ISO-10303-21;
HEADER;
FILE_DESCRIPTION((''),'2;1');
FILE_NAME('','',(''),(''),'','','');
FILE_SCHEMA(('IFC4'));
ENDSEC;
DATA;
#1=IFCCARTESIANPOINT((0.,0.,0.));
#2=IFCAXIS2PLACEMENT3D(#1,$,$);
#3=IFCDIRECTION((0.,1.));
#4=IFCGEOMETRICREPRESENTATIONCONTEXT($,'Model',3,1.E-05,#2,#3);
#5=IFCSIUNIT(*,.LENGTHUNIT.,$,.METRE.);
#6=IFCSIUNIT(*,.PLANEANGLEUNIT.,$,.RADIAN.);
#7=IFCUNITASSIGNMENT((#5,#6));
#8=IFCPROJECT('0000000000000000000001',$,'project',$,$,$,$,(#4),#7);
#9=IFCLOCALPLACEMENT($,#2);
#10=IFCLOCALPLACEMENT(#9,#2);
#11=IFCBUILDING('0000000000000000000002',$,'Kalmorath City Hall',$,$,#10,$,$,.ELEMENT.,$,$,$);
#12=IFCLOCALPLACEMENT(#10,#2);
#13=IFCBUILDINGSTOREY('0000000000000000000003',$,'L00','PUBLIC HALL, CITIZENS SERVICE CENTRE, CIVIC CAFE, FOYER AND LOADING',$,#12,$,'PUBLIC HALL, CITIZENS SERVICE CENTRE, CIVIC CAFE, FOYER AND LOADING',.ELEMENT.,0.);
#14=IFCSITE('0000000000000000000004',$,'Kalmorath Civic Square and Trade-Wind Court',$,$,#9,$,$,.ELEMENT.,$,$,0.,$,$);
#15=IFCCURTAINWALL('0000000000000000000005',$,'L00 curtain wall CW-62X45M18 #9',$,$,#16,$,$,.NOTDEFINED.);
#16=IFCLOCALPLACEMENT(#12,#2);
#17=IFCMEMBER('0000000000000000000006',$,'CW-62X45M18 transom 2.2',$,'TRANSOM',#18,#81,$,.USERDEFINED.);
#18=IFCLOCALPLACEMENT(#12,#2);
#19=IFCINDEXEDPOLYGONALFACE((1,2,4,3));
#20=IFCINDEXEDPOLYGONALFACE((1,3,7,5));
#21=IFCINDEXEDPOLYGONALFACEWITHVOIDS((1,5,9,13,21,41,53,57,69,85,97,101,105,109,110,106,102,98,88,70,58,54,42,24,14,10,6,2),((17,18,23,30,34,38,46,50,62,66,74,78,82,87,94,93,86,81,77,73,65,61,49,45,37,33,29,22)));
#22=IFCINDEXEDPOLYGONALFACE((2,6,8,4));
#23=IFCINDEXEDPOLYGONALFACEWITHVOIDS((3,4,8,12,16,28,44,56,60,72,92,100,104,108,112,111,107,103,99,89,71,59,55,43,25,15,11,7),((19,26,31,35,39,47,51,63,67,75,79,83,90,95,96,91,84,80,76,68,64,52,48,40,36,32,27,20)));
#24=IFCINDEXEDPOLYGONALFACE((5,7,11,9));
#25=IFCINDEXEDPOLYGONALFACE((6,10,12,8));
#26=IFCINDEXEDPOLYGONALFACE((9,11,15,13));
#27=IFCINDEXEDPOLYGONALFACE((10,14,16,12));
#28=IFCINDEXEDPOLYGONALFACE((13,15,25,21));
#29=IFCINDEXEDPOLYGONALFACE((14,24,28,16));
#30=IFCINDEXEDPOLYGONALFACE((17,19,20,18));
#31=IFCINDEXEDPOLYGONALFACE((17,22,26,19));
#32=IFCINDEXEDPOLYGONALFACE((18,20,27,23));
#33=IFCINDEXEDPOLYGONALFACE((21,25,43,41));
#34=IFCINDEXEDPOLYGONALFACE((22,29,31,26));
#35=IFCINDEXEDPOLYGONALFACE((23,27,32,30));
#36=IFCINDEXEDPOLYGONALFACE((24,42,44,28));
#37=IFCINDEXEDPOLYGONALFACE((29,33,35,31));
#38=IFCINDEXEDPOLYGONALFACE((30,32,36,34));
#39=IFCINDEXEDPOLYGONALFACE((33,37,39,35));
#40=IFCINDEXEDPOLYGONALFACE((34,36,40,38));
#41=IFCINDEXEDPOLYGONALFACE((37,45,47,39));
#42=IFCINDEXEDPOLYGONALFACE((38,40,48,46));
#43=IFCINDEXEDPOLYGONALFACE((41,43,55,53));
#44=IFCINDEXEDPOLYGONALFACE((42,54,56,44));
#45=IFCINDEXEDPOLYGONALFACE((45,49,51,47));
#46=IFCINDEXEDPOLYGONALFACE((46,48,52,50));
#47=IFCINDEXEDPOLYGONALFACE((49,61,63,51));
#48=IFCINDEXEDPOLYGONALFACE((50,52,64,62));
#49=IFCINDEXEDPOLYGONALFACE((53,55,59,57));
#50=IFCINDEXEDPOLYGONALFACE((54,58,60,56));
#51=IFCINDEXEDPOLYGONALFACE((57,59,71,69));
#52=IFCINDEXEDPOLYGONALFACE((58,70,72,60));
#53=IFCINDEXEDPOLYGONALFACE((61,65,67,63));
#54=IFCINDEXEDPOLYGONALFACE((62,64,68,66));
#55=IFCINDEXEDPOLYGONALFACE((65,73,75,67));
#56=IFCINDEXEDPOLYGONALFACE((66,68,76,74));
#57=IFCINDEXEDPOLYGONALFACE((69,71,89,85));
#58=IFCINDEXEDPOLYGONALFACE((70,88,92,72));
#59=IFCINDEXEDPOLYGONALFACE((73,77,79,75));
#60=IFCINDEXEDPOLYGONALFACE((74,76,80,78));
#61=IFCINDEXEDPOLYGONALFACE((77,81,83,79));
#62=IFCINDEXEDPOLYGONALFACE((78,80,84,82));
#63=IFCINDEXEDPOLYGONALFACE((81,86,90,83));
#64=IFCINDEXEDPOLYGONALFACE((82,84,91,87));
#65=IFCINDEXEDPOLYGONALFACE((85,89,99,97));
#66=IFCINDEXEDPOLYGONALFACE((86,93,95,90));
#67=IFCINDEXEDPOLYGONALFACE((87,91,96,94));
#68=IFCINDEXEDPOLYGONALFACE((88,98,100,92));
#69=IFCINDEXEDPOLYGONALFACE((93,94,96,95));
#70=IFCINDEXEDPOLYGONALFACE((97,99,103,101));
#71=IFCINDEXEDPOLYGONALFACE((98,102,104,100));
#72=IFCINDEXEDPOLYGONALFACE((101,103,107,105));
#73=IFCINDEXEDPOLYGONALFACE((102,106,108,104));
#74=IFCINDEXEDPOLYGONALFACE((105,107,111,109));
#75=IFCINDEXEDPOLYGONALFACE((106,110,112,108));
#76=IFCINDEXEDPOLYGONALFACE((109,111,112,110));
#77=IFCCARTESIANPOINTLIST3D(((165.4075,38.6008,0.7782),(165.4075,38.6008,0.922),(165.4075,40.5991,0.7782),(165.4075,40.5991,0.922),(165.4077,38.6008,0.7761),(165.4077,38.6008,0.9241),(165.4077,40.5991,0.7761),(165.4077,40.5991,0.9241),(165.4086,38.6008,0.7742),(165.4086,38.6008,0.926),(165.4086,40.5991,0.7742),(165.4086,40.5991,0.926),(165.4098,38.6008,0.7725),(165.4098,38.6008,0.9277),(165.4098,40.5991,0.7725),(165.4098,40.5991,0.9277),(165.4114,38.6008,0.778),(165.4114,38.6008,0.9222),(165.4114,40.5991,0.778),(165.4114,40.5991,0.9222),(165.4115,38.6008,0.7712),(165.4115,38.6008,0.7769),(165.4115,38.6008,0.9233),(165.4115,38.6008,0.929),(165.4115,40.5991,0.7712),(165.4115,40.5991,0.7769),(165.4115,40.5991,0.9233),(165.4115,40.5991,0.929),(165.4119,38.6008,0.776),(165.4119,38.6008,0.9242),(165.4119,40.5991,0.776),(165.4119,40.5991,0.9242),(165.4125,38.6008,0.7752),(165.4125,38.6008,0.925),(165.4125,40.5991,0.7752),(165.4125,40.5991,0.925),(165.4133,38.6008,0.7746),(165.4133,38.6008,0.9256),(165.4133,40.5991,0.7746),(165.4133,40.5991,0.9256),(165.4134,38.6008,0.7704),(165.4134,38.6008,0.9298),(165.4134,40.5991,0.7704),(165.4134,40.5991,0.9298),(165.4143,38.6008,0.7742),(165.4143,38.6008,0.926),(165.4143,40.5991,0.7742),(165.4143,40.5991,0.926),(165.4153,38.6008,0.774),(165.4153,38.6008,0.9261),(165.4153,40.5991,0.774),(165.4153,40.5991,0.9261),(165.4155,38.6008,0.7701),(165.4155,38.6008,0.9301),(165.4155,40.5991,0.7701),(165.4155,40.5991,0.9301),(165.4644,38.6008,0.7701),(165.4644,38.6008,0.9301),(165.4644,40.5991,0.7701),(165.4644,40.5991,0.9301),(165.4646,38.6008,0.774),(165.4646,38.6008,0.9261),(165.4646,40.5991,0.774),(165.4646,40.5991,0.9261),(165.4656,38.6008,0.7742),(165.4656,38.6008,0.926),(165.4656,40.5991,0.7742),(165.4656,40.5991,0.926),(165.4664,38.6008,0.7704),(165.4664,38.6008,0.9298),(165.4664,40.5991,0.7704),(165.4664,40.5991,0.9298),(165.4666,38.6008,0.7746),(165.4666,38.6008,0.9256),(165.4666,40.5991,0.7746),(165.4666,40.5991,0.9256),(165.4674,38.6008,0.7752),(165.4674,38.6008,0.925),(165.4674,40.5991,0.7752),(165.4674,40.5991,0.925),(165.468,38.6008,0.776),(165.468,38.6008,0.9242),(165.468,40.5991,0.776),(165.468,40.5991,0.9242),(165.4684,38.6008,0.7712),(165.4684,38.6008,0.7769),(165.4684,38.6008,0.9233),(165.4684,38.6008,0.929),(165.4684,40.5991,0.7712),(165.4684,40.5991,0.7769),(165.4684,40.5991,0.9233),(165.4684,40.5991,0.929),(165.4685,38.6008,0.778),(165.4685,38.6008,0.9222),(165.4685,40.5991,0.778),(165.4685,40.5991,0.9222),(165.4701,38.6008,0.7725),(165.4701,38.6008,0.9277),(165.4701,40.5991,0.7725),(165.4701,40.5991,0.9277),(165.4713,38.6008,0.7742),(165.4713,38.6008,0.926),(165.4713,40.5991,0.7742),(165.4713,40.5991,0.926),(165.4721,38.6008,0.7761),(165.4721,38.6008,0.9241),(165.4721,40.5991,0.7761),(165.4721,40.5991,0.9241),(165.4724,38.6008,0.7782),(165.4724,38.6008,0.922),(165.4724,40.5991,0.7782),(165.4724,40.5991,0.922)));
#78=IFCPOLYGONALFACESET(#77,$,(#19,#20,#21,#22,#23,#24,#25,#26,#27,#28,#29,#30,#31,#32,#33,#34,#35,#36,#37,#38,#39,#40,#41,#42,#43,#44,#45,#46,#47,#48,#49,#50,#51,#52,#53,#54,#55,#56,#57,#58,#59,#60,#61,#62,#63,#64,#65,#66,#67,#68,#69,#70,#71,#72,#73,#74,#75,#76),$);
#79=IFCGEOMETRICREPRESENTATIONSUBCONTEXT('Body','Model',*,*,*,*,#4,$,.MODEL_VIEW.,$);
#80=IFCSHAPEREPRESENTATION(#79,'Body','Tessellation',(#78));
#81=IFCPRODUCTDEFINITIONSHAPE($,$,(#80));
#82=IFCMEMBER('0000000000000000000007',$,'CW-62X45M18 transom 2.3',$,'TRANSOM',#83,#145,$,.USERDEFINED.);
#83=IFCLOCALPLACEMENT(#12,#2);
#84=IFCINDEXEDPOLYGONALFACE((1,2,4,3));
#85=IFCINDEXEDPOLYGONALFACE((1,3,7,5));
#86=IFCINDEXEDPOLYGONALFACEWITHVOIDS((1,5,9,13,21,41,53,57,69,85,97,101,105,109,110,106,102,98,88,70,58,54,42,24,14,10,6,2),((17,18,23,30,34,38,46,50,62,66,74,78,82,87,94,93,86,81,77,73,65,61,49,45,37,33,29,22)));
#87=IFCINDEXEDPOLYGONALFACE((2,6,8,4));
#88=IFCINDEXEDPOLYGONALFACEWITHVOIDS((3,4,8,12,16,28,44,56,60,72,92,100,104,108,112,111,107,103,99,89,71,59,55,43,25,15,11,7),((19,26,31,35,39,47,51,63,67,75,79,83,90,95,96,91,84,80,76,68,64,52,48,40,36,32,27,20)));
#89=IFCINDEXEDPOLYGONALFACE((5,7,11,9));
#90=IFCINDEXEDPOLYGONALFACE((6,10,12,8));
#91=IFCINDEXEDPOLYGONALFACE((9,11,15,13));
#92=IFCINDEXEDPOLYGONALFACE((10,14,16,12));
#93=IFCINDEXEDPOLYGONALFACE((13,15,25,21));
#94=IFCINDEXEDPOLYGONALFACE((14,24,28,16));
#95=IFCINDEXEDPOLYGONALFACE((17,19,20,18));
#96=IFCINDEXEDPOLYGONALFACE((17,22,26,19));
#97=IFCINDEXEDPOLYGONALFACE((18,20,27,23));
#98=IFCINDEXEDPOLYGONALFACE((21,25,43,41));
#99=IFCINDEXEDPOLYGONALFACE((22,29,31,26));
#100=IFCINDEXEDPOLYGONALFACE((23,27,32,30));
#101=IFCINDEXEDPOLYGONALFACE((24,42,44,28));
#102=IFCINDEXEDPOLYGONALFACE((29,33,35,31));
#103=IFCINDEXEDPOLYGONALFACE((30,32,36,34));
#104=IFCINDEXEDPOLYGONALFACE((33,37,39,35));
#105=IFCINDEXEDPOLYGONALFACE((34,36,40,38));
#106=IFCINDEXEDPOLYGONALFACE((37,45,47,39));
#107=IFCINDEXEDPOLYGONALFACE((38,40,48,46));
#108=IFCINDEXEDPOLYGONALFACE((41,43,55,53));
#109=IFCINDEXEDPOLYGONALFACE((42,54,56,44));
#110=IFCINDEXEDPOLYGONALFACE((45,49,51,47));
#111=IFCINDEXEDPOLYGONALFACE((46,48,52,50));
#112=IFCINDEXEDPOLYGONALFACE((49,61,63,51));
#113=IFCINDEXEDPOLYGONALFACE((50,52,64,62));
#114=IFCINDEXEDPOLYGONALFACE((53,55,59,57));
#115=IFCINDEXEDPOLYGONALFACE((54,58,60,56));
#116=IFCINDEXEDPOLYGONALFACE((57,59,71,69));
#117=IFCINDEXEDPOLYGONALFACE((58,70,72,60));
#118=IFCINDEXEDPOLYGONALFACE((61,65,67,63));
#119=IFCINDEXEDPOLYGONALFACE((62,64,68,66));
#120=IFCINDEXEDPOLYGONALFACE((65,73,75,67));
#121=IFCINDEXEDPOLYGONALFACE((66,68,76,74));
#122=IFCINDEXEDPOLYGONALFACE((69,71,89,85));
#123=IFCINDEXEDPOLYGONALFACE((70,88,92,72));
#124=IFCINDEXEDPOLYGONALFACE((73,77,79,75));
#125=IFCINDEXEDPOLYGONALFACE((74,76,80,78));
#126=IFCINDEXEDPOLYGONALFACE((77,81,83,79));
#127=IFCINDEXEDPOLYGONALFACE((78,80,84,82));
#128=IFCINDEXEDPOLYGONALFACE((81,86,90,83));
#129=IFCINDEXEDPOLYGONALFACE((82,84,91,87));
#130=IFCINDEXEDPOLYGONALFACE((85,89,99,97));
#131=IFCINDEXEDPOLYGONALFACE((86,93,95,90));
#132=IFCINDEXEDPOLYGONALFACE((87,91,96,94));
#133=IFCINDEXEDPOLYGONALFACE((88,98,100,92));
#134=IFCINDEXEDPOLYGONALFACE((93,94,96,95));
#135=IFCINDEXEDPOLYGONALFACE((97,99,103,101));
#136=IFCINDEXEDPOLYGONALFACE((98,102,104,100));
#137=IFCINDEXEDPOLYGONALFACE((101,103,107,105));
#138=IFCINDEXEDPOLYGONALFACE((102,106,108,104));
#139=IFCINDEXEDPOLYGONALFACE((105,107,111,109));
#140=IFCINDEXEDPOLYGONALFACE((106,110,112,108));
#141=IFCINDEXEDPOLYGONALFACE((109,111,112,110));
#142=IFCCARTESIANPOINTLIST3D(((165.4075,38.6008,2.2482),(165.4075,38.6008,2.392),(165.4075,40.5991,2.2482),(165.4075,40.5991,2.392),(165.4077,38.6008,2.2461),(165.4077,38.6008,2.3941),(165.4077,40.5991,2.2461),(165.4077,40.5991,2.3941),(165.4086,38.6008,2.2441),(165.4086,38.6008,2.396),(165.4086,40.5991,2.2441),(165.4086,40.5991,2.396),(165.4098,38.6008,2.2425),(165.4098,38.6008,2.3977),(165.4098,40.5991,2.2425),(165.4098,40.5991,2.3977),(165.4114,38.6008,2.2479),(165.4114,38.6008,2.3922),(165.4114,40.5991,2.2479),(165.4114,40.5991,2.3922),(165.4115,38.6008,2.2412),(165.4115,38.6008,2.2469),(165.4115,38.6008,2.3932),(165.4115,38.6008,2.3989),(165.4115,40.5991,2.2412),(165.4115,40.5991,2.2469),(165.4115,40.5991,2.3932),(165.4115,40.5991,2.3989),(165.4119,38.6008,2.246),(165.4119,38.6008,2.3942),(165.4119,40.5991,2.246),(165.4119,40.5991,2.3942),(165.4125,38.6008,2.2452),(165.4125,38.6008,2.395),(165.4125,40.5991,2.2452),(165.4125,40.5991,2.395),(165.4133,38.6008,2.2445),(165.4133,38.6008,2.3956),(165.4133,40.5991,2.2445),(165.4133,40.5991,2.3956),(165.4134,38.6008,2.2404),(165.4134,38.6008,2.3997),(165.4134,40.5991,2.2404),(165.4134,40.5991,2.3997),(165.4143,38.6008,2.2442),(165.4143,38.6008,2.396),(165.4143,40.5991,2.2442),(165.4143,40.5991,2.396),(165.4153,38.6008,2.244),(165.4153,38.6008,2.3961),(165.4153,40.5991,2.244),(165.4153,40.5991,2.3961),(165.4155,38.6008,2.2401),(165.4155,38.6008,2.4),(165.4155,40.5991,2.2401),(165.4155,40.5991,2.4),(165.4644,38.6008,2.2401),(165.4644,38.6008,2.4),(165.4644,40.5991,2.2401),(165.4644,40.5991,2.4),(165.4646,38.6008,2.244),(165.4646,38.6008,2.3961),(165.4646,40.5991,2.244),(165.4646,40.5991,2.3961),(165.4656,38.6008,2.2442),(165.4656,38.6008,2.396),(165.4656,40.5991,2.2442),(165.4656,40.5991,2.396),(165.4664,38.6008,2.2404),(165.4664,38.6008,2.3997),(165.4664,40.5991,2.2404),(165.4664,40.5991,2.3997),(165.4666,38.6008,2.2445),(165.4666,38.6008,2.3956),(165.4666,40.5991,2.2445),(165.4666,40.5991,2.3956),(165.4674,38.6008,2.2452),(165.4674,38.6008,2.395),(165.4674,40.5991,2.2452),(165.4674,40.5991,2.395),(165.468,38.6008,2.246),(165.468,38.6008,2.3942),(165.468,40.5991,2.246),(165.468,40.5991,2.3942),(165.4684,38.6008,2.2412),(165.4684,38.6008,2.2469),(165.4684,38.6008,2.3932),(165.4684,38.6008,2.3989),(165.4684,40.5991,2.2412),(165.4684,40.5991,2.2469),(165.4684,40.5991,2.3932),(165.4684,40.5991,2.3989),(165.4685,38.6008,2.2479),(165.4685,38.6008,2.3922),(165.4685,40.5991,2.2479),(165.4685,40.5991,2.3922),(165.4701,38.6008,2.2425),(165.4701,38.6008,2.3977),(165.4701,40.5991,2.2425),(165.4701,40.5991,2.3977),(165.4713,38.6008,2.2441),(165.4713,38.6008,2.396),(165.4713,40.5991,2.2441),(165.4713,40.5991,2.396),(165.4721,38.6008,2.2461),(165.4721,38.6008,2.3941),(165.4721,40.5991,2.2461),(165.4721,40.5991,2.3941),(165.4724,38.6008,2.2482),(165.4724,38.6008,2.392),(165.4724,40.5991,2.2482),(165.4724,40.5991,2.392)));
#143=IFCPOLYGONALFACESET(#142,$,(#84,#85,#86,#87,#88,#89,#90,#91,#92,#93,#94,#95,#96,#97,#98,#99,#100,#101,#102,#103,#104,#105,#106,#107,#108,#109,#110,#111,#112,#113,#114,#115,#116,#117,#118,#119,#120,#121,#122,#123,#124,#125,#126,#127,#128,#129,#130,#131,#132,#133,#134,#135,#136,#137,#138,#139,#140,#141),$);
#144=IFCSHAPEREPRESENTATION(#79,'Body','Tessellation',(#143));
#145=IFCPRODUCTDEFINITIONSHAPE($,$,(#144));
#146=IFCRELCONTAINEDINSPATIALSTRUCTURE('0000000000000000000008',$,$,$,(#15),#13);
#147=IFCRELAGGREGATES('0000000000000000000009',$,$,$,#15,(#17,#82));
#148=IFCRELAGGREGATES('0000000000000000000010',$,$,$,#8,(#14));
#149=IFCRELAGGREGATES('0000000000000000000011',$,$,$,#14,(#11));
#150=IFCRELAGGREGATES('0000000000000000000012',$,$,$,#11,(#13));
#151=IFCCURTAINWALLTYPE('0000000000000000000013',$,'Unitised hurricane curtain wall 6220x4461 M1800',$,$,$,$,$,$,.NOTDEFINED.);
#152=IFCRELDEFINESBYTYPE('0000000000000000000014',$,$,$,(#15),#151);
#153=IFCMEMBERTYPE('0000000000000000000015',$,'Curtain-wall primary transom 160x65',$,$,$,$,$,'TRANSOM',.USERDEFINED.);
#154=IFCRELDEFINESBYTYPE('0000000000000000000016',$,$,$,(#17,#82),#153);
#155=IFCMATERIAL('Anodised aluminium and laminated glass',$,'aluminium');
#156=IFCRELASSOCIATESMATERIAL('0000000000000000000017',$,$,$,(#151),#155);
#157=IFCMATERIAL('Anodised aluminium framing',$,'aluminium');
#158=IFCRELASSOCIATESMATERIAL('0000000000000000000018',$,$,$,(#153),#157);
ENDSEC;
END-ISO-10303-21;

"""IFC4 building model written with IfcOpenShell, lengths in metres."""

from ifc_helpers import new_model, si_unit, direction, frame, origin, origin_2d, place, context, subcontext, project, spatial, hollow_rectangle, extrude, material, material_profile, profile_set, type_object, element, aggregate, save


model = new_model("IFC4")

# Units and contexts
model_context = context("Model", 3, precision=1e-05, world=origin(), true_north=direction((0.0, 1.0)))
body_context = subcontext(model_context, "Body", "Model", "MODEL_VIEW")
ifc_project = project(units=[si_unit("LENGTHUNIT", "METRE"), si_unit("PLANEANGLEUNIT", "RADIAN")], contexts=[model_context])

# Site, building, storey
site_placement = place(None, origin())
site = spatial("IfcSite", under=ifc_project, at=site_placement, Name="Kalmorath Civic Square and Trade-Wind Court", CompositionType="ELEMENT", RefElevation=0.0)
building_placement = place(site_placement, origin())
building = spatial("IfcBuilding", under=site, at=building_placement, Name="Kalmorath City Hall", CompositionType="ELEMENT")
storey_placement = place(building_placement, origin())
storey = spatial("IfcBuildingStorey", under=building, at=storey_placement, Name="L00", Description="PUBLIC HALL, CITIZENS SERVICE CENTRE, CIVIC CAFE, FOYER AND LOADING", LongName="PUBLIC HALL, CITIZENS SERVICE CENTRE, CIVIC CAFE, FOYER AND LOADING", CompositionType="ELEMENT", Elevation=0.0)

# Curtain wall, members
ifc_material_1 = material(Name="Anodised aluminium and laminated glass", Category="aluminium")
curtain_wall_type = type_object("IfcCurtainWallType", Name="Unitised hurricane curtain wall 6220x4461 M1800", PredefinedType="NOTDEFINED", material=ifc_material_1)
curtain_wall_placement = place(storey_placement, origin())
curtain_wall = element("IfcCurtainWall", 1, at=curtain_wall_placement, inside=storey, type_object=curtain_wall_type, Name="L00 curtain wall CW-62X45M18 #9", PredefinedType="NOTDEFINED")
ifc_material_2 = material(Name="Anodised aluminium framing", Category="aluminium")
ifc_material_profile_1 = material_profile(ifc_material_2, hollow_rectangle(XDim=0.0649, YDim=0.1599, WallThickness=0.0039, InnerFilletRadius=0.0039, OuterFilletRadius=0.0081, at=origin_2d()), Name="ALU-TRN-160X65X4")
ifc_profile_set_1 = profile_set([ifc_material_profile_1], Name="Anodised aluminium framing")
member_type_1 = type_object("IfcMemberType", Name="Curtain-wall primary transom 160x65", ElementType="TRANSOM", PredefinedType="USERDEFINED", material=ifc_profile_set_1)
member_1_placement = place(storey_placement, frame((165.4399, 40.5991, 0.8501), z_axis=(0.0, -1.0, 0.0), x_axis=(1.0, 0.0, 0.0)))
member_1 = element("IfcMember", 2, at=member_1_placement, type_object=member_type_1, Name="CW-62X45M18 transom 2.2", ObjectType="TRANSOM", PredefinedType="USERDEFINED", context=body_context, shape_type="SweptSolid", body=[
    extrude(hollow_rectangle(XDim=0.0649, YDim=0.1599, WallThickness=0.0039, InnerFilletRadius=0.0039, OuterFilletRadius=0.0081, at=origin_2d()), origin(), (0.0, 0.0, 1.0), 1.9983),
])
member_2_placement = place(storey_placement, frame((165.4399, 40.5991, 2.3201), z_axis=(0.0, -1.0, 0.0), x_axis=(1.0, 0.0, 0.0)))
member_2 = element("IfcMember", 3, at=member_2_placement, type_object=member_type_1, Name="CW-62X45M18 transom 2.3", ObjectType="TRANSOM", PredefinedType="USERDEFINED", context=body_context, shape_type="SweptSolid", body=[
    extrude(hollow_rectangle(XDim=0.0649, YDim=0.1599, WallThickness=0.0039, InnerFilletRadius=0.0039, OuterFilletRadius=0.0081, at=origin_2d()), origin(), (0.0, 0.0, 1.0), 1.9983),
])
aggregate(curtain_wall, [member_1, member_2])

save(model, "model.ifc")
